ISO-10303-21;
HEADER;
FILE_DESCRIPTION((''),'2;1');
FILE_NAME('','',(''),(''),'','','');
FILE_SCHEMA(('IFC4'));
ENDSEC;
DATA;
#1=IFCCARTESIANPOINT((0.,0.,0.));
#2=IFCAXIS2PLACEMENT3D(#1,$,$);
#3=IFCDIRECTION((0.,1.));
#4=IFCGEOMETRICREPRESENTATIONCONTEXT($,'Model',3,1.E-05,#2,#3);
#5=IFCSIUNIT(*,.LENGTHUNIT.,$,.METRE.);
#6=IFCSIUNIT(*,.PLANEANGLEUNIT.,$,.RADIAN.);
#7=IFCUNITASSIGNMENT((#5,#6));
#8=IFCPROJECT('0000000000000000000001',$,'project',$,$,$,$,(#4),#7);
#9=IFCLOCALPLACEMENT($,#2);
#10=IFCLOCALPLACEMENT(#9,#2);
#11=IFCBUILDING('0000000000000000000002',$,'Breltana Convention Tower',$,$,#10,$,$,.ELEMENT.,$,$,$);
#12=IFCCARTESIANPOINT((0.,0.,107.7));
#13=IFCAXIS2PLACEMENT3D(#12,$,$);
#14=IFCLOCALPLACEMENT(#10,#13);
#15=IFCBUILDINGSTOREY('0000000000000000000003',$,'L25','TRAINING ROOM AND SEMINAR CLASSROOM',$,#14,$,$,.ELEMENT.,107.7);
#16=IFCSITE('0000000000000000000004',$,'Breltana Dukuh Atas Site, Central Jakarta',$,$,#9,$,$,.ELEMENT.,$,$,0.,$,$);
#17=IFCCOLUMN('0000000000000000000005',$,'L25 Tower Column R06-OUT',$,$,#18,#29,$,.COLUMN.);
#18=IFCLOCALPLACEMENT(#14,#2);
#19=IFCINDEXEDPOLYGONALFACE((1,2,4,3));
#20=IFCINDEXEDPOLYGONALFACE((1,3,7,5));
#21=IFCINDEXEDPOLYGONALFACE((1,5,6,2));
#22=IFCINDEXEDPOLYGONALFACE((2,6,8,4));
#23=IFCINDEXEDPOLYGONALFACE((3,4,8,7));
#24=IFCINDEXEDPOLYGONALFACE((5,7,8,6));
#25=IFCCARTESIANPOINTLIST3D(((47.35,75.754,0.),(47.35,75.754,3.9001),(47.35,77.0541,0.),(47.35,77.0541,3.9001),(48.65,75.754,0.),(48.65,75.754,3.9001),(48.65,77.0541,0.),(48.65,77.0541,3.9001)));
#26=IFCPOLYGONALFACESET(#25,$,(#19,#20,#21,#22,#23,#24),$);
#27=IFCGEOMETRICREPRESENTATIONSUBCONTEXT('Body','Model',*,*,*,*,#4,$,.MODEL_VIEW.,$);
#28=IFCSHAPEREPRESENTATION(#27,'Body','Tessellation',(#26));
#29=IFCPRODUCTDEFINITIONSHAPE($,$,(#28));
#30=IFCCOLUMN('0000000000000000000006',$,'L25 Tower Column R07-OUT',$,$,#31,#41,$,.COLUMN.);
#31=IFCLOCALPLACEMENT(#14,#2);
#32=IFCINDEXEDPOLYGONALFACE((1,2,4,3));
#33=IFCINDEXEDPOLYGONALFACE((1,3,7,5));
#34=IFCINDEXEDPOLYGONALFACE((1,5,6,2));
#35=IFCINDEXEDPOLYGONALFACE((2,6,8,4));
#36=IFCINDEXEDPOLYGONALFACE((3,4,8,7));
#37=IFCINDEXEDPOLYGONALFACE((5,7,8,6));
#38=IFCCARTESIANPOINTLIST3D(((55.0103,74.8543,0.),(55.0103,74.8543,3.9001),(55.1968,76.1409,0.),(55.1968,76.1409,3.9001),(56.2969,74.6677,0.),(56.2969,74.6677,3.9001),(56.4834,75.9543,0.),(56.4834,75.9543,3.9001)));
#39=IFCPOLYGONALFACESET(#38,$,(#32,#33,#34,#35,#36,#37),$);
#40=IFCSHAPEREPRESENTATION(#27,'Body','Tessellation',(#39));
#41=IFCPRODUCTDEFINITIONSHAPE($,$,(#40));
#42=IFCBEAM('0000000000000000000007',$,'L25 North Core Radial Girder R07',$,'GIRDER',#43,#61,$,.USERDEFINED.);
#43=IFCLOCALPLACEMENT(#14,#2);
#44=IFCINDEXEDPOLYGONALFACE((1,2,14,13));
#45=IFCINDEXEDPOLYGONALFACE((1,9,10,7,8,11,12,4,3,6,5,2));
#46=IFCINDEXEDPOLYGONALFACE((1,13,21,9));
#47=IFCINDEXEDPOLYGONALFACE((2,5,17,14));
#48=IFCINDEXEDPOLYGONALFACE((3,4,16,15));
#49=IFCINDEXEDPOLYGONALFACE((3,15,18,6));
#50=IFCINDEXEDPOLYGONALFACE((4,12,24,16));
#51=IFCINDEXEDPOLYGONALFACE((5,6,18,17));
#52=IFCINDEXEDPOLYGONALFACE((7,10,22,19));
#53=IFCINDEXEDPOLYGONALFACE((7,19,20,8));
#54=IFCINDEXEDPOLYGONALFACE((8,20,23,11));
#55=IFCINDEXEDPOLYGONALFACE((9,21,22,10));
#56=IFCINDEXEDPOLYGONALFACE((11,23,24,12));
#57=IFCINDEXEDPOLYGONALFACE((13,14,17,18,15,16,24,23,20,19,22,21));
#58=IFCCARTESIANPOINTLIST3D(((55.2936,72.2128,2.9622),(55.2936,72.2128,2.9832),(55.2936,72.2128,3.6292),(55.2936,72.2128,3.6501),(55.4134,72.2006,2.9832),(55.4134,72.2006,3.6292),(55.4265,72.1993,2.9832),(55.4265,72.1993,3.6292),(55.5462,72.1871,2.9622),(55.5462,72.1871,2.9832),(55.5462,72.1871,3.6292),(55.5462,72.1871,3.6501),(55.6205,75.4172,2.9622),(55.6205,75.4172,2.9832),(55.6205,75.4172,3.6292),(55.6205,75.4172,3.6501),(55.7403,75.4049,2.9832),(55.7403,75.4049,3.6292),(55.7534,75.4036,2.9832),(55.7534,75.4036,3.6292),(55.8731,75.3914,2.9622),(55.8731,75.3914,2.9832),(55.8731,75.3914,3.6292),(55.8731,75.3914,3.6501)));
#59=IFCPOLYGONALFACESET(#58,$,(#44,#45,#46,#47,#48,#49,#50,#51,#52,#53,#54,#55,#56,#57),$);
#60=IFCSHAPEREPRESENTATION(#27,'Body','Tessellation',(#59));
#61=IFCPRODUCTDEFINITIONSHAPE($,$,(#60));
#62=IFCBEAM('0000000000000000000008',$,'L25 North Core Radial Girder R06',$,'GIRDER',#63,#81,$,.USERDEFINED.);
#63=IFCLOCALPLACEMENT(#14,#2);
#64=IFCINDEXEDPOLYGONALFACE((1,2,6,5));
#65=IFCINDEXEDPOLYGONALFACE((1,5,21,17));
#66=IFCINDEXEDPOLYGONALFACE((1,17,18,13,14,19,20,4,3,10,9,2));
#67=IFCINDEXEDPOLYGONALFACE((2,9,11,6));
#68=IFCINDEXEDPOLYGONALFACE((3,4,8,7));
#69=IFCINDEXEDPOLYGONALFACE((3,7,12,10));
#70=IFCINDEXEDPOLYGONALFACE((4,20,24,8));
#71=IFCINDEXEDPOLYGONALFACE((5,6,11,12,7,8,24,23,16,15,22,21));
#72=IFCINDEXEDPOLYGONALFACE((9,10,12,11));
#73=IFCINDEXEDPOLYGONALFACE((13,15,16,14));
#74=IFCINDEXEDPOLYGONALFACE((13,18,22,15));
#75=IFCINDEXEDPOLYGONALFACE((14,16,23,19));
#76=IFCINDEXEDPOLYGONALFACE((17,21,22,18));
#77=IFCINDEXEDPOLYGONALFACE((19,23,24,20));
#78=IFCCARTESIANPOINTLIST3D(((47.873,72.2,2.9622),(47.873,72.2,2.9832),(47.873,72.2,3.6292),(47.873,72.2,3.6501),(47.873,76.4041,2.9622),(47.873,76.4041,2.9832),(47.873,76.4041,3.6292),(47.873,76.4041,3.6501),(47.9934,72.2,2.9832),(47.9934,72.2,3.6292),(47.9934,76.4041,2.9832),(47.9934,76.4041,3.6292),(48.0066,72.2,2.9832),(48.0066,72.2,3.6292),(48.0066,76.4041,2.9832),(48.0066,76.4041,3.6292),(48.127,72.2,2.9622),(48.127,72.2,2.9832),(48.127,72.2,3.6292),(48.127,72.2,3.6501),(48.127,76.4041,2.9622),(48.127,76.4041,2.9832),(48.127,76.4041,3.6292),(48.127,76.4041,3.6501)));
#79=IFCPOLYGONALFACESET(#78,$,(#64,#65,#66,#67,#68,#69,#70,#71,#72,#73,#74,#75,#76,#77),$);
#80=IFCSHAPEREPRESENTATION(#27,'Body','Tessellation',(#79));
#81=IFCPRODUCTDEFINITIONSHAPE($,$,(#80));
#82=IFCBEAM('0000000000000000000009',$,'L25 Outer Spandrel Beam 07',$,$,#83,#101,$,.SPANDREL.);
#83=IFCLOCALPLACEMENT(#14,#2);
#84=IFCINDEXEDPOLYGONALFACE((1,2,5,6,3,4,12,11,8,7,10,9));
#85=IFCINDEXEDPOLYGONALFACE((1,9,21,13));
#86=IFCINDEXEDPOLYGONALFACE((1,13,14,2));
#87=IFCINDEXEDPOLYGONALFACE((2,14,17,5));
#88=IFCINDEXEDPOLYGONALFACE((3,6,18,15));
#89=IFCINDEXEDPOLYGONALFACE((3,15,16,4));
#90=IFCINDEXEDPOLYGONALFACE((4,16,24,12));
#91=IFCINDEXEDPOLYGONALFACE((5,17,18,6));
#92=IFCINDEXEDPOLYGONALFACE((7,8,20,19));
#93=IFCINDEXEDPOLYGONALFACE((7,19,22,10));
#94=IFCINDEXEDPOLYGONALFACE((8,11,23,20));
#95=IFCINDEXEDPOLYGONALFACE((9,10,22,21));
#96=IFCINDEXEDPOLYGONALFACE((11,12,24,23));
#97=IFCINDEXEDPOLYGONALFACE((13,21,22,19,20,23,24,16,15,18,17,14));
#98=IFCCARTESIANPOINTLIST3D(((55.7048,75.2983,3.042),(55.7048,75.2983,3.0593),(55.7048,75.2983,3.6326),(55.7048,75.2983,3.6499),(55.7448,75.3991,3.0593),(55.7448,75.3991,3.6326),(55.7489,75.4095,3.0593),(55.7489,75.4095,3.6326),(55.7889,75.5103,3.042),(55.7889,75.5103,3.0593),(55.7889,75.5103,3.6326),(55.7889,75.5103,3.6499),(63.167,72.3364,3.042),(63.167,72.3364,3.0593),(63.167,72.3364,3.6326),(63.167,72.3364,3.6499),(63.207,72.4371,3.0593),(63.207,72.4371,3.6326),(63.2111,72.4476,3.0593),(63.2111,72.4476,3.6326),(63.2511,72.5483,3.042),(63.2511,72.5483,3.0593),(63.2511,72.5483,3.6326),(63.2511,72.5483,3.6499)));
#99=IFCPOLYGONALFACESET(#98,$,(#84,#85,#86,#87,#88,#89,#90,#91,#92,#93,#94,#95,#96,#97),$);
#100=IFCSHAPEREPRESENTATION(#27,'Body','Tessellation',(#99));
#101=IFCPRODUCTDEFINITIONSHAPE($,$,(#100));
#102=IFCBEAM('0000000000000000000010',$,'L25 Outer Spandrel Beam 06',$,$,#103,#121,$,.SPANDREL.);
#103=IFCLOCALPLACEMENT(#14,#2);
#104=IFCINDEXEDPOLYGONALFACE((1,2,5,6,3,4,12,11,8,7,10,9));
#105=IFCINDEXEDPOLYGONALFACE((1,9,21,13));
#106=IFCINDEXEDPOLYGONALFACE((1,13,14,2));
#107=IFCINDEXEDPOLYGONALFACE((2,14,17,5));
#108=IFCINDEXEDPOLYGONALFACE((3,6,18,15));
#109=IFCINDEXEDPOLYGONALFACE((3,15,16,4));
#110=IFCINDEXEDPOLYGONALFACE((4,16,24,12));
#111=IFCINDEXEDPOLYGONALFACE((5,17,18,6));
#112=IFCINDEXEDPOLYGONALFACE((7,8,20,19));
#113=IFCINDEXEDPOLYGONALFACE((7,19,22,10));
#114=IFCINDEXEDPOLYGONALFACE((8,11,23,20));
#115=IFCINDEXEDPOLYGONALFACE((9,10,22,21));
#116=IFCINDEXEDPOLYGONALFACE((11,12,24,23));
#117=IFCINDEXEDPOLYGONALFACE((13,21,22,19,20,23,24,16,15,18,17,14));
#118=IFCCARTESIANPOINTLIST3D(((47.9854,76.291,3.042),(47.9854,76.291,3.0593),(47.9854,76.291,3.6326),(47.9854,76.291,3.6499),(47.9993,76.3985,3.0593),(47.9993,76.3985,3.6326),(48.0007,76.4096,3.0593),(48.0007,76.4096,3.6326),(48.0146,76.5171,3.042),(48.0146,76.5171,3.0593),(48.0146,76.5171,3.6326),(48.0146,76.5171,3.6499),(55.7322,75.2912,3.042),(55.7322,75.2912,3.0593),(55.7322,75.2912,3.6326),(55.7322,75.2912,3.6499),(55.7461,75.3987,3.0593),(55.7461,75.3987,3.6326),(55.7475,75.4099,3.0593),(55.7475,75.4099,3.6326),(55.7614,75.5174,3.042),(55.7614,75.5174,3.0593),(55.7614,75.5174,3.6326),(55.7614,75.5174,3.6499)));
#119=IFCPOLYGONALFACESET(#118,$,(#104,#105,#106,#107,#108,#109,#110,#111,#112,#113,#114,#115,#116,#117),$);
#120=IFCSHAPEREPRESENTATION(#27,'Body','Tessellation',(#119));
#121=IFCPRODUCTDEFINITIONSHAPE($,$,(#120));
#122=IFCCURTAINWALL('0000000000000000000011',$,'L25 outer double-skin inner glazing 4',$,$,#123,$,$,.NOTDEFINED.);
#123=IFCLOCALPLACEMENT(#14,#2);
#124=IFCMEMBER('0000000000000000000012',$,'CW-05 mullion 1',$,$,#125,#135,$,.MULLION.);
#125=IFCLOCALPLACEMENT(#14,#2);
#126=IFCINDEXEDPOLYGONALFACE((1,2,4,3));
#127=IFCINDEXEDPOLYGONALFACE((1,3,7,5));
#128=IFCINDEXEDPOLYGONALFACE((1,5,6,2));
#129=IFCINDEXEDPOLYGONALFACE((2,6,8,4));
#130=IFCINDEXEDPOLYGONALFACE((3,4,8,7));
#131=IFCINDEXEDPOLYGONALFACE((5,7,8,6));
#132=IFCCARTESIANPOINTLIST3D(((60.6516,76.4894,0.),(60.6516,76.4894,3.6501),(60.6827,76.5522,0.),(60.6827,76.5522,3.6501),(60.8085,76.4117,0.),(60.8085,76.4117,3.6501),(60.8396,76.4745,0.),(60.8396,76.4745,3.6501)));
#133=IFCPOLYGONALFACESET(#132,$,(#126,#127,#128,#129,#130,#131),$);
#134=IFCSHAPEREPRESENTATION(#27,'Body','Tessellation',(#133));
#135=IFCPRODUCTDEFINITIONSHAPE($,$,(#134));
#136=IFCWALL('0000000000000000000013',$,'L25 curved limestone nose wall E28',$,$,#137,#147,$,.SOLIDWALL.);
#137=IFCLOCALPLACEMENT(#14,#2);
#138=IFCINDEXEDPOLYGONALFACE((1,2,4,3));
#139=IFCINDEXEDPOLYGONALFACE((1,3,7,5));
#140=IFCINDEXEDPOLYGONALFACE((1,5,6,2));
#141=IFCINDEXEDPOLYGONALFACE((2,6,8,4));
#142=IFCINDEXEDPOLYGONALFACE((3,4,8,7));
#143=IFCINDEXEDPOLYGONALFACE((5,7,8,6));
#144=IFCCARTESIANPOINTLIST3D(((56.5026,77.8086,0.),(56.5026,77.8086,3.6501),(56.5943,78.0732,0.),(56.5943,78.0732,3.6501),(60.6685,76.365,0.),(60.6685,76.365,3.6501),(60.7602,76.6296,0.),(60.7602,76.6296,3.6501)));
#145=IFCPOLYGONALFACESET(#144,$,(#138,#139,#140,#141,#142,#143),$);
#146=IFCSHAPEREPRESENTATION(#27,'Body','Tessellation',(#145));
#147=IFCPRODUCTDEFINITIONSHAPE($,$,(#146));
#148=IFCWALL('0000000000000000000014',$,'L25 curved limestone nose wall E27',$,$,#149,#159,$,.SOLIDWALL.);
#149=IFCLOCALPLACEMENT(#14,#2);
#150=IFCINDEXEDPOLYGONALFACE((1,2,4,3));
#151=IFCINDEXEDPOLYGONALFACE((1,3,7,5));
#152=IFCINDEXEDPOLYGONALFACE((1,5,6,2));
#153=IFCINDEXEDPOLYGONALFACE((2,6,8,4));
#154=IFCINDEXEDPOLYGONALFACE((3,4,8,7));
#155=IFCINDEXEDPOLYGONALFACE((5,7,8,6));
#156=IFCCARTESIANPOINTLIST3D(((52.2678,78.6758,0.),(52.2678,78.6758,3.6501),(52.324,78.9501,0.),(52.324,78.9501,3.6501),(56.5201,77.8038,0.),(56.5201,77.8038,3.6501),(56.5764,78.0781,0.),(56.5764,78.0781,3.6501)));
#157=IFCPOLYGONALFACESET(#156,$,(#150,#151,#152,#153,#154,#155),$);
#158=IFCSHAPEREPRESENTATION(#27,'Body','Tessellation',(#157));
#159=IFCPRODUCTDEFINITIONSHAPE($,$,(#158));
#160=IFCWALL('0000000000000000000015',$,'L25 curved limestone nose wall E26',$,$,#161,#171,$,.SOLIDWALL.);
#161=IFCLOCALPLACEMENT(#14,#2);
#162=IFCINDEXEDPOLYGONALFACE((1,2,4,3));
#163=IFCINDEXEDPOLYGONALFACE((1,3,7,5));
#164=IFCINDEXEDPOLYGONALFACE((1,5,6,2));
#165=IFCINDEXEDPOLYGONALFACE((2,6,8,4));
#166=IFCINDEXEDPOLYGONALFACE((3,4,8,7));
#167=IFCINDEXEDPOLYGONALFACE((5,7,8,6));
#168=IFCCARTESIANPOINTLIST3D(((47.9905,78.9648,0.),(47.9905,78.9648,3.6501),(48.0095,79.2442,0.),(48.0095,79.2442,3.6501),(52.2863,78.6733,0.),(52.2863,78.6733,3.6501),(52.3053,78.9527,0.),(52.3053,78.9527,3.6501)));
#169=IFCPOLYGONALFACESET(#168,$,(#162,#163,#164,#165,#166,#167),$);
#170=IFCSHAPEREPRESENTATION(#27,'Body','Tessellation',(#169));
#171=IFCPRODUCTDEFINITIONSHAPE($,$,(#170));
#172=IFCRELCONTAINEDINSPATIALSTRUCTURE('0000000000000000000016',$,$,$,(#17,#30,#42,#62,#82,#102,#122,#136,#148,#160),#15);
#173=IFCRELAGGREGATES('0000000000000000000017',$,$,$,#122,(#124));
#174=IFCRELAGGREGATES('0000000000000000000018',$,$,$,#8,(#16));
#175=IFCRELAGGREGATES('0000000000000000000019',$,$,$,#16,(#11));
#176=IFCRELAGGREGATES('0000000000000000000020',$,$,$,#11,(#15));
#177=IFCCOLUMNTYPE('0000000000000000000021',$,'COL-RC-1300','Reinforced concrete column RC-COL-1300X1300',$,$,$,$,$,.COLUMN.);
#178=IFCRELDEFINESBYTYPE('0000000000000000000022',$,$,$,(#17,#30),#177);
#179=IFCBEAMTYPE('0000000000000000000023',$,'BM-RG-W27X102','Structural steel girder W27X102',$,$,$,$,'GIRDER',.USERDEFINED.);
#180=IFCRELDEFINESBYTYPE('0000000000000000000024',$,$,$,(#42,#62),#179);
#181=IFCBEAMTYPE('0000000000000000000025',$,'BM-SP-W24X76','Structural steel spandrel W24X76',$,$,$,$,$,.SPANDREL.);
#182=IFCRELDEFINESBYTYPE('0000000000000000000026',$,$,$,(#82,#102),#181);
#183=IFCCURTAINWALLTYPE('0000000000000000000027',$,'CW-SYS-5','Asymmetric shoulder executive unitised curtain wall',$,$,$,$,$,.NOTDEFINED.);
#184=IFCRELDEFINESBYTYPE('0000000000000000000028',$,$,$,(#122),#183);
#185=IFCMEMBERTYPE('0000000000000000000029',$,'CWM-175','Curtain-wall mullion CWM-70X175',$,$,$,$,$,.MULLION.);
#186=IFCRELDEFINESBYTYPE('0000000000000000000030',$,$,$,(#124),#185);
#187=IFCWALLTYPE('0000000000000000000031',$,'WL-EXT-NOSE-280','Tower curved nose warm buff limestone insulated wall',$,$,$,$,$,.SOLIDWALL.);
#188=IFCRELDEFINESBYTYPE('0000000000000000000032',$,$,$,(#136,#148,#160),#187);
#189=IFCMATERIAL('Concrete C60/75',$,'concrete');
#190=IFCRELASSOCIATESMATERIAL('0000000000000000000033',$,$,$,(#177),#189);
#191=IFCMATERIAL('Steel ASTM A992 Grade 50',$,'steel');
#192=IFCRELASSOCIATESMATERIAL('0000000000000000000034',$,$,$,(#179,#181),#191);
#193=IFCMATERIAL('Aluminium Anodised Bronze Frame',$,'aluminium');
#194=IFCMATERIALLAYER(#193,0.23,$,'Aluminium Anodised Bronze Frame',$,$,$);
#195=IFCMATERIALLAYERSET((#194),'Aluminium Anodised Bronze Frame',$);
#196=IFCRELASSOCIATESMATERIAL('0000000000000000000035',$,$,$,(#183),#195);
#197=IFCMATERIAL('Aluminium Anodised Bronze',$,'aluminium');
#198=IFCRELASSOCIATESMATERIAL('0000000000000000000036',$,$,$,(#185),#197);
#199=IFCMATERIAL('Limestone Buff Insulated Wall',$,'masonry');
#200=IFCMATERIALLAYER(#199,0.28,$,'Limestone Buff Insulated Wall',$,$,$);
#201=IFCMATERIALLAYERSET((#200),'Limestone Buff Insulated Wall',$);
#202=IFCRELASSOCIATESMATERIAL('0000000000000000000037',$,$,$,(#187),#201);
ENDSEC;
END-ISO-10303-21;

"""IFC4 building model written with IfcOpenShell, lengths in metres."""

from ifc_helpers import new_model, si_unit, direction, frame, frame_2d, origin, origin_2d, place, context, subcontext, project, spatial, rectangle, i_section, extrude, source, transform, mapped, material, layer, layer_set, material_profile, profile_set, type_object, element, aggregate, save


model = new_model("IFC4")

# Units and contexts
model_context = context("Model", 3, precision=1e-05, world=origin(), true_north=direction((0.0, 1.0)))
body_context = subcontext(model_context, "Body", "Model", "MODEL_VIEW")
ifc_project = project(units=[si_unit("LENGTHUNIT", "METRE"), si_unit("PLANEANGLEUNIT", "RADIAN")], contexts=[model_context])

# Site, building, storey
site_placement = place(None, origin())
site = spatial("IfcSite", under=ifc_project, at=site_placement, Name="Breltana Dukuh Atas Site, Central Jakarta", CompositionType="ELEMENT", RefElevation=0.0)
building_placement = place(site_placement, origin())
building = spatial("IfcBuilding", under=site, at=building_placement, Name="Breltana Convention Tower", CompositionType="ELEMENT")
storey_placement = place(building_placement, frame((0.0, 0.0, 107.7)))
storey = spatial("IfcBuildingStorey", under=building, at=storey_placement, Name="L25", Description="TRAINING ROOM AND SEMINAR CLASSROOM", CompositionType="ELEMENT", Elevation=107.7)

# Columns
ifc_material_1 = material(Name="Concrete C60/75", Category="concrete")
ifc_material_profile_1 = material_profile(ifc_material_1, rectangle(XDim=1.3, YDim=1.3, at=origin_2d()), Name="RC-COL-1300X1300")
ifc_profile_set_1 = profile_set([ifc_material_profile_1], Name="Concrete C60/75")
column_type = type_object("IfcColumnType", Name="COL-RC-1300", Description="Reinforced concrete column RC-COL-1300X1300", PredefinedType="COLUMN", material=ifc_profile_set_1)
shared_shape_1 = source(origin(), body_context, "Body", "SweptSolid", [
    extrude(rectangle(XDim=1.3, YDim=1.3, at=origin_2d()), origin(), (0.0, 0.0, 1.0), 3.9001),
])
for number, where, z_axis, x_axis, name in (
    (1, (48.0, 76.4041, 0.0), (0.0, 0.0, 1.0), (0.0, 1.0, 0.0), "L25 Tower Column R06-OUT"),
    (2, (55.7468, 75.4043, 0.0), (0.0, 0.0, 1.0), (0.143493, 0.989651, 0.0), "L25 Tower Column R07-OUT"),
):
    element("IfcColumn", number, at=place(storey_placement, frame(where, z_axis=z_axis, x_axis=x_axis)), inside=storey, type_object=column_type, Name=name, PredefinedType="COLUMN", context=body_context, shape_type="MappedRepresentation", body=[
        mapped(shared_shape_1, transform((0.0, 0.0, 0.0), scale=1.0)),
    ])

# Beams
ifc_material_2 = material(Name="Steel ASTM A992 Grade 50", Category="steel")
ifc_material_profile_2 = material_profile(ifc_material_2, i_section(OverallWidth=0.2539, OverallDepth=0.688, WebThickness=0.0132, FlangeThickness=0.021, at=origin_2d()), Name="W27X102")
ifc_profile_set_2 = profile_set([ifc_material_profile_2], Name="Steel ASTM A992 Grade 50")
beam_type_1 = type_object("IfcBeamType", Name="BM-RG-W27X102", Description="Structural steel girder W27X102", ElementType="GIRDER", PredefinedType="USERDEFINED", material=ifc_profile_set_2)
shared_shape_2 = source(origin(), body_context, "Body", "SweptSolid", [
    extrude(i_section(OverallWidth=0.2539, OverallDepth=0.688, WebThickness=0.0132, FlangeThickness=0.021, at=origin_2d()), origin(), (0.0, 0.0, 1.0), 3.2209),
])
beam_1_placement = place(storey_placement, frame((55.4199, 72.2, 3.3062), z_axis=(0.101492, 0.994836, 0.0), x_axis=(-0.994836, 0.101492, 0.0)))
element("IfcBeam", 3, at=beam_1_placement, inside=storey, type_object=beam_type_1, Name="L25 North Core Radial Girder R07", ObjectType="GIRDER", PredefinedType="USERDEFINED", context=body_context, shape_type="MappedRepresentation", body=[
    mapped(shared_shape_2, transform((0.0, 0.0, 0.0), scale=1.0)),
])
shared_shape_3 = source(origin(), body_context, "Body", "SweptSolid", [
    extrude(i_section(OverallWidth=0.2539, OverallDepth=0.688, WebThickness=0.0132, FlangeThickness=0.021, at=origin_2d()), origin(), (0.0, 0.0, 1.0), 4.2041),
])
beam_2_placement = place(storey_placement, frame((48.0, 72.2, 3.3062), z_axis=(0.0, 1.0, 0.0), x_axis=(-1.0, 0.0, 0.0)))
element("IfcBeam", 4, at=beam_2_placement, inside=storey, type_object=beam_type_1, Name="L25 North Core Radial Girder R06", ObjectType="GIRDER", PredefinedType="USERDEFINED", context=body_context, shape_type="MappedRepresentation", body=[
    mapped(shared_shape_3, transform((0.0, 0.0, 0.0), scale=1.0)),
])
ifc_material_profile_3 = material_profile(ifc_material_2, i_section(OverallWidth=0.228, OverallDepth=0.6079, WebThickness=0.0112, FlangeThickness=0.0173, at=origin_2d()), Name="W24X76")
ifc_profile_set_3 = profile_set([ifc_material_profile_3], Name="Steel ASTM A992 Grade 50")
beam_type_2 = type_object("IfcBeamType", Name="BM-SP-W24X76", Description="Structural steel spandrel W24X76", PredefinedType="SPANDREL", material=ifc_profile_set_3)
shared_shape_4 = source(origin(), body_context, "Body", "SweptSolid", [
    extrude(i_section(OverallWidth=0.228, OverallDepth=0.6079, WebThickness=0.0112, FlangeThickness=0.0173, at=origin_2d()), origin(), (0.0, 0.0, 1.0), 8.0286),
])
beam_3_placement = place(storey_placement, frame((55.7468, 75.4043, 3.3459), z_axis=(0.929459, -0.368925, 0.0), x_axis=(0.368925, 0.929459, 0.0)))
element("IfcBeam", 5, at=beam_3_placement, inside=storey, type_object=beam_type_2, Name="L25 Outer Spandrel Beam 07", PredefinedType="SPANDREL", context=body_context, shape_type="MappedRepresentation", body=[
    mapped(shared_shape_4, transform((0.0, 0.0, 0.0), scale=1.0)),
])
shared_shape_5 = source(origin(), body_context, "Body", "SweptSolid", [
    extrude(i_section(OverallWidth=0.228, OverallDepth=0.6079, WebThickness=0.0112, FlangeThickness=0.0173, at=origin_2d()), origin(), (0.0, 0.0, 1.0), 7.811),
])
beam_4_placement = place(storey_placement, frame((48.0, 76.4041, 3.3459), z_axis=(0.991775, -0.127992, 0.0), x_axis=(0.127992, 0.991775, 0.0)))
element("IfcBeam", 6, at=beam_4_placement, inside=storey, type_object=beam_type_2, Name="L25 Outer Spandrel Beam 06", PredefinedType="SPANDREL", context=body_context, shape_type="MappedRepresentation", body=[
    mapped(shared_shape_5, transform((0.0, 0.0, 0.0), scale=1.0)),
])

# Curtain wall, member
ifc_material_3 = material(Name="Aluminium Anodised Bronze Frame", Category="aluminium")
ifc_layer_1 = layer(ifc_material_3, 0.23, Name="Aluminium Anodised Bronze Frame")
ifc_layer_set_1 = layer_set([ifc_layer_1], Name="Aluminium Anodised Bronze Frame")
curtain_wall_type = type_object("IfcCurtainWallType", Name="CW-SYS-5", Description="Asymmetric shoulder executive unitised curtain wall", PredefinedType="NOTDEFINED", material=ifc_layer_set_1)
curtain_wall_placement = place(storey_placement, origin())
curtain_wall = element("IfcCurtainWall", 7, at=curtain_wall_placement, inside=storey, type_object=curtain_wall_type, Name="L25 outer double-skin inner glazing 4", PredefinedType="NOTDEFINED")
ifc_material_4 = material(Name="Aluminium Anodised Bronze", Category="aluminium")
ifc_material_profile_4 = material_profile(ifc_material_4, rectangle(XDim=0.0701, YDim=0.175, at=origin_2d()), Name="CWM-70X175")
ifc_profile_set_4 = profile_set([ifc_material_profile_4], Name="Aluminium Anodised Bronze")
member_type = type_object("IfcMemberType", Name="CWM-175", Description="Curtain-wall mullion CWM-70X175", PredefinedType="MULLION", material=ifc_profile_set_4)
shared_shape_6 = source(origin(), body_context, "Body", "SweptSolid", [
    extrude(rectangle(XDim=0.0701, YDim=0.175, at=origin_2d()), origin(), (0.0, 0.0, 1.0), 3.6501),
])
member_placement = place(storey_placement, frame((60.7456, 76.4819, 0.0), z_axis=(0.0, 0.0, 1.0), x_axis=(0.444122, 0.895967, 0.0)))
member = element("IfcMember", 8, at=member_placement, type_object=member_type, Name="CW-05 mullion 1", PredefinedType="MULLION", context=body_context, shape_type="MappedRepresentation", body=[
    mapped(shared_shape_6, transform((0.0, 0.0, 0.0), scale=1.0)),
])
aggregate(curtain_wall, [member])

# Walls
ifc_material_5 = material(Name="Limestone Buff Insulated Wall", Category="masonry")
ifc_layer_2 = layer(ifc_material_5, 0.28, Name="Limestone Buff Insulated Wall")
ifc_layer_set_2 = layer_set([ifc_layer_2], Name="Limestone Buff Insulated Wall")
wall_type_1 = type_object("IfcWallType", Name="WL-EXT-NOSE-280", Description="Tower curved nose warm buff limestone insulated wall", PredefinedType="SOLIDWALL", material=ifc_layer_set_2)
shared_shape_7 = source(origin(), body_context, "Body", "SweptSolid", [
    extrude(rectangle(XDim=4.4089, YDim=0.28, at=frame_2d((2.2046, 0.0))), origin(), (0.0, 0.0, 1.0), 3.6501),
])
wall_1_placement = place(storey_placement, frame((56.5483, 77.9409, 0.0), z_axis=(0.0, 0.0, 1.0), x_axis=(0.944879, -0.327419, 0.0)))
element("IfcWall", 9, at=wall_1_placement, inside=storey, type_object=wall_type_1, Name="L25 curved limestone nose wall E28", PredefinedType="SOLIDWALL", context=body_context, shape_type="MappedRepresentation", body=[
    mapped(shared_shape_7, transform((0.0, 0.0, 0.0), scale=1.0)),
])
shared_shape_8 = source(origin(), body_context, "Body", "SweptSolid", [
    extrude(rectangle(XDim=4.3408, YDim=0.28, at=frame_2d((2.1704, 0.0))), origin(), (0.0, 0.0, 1.0), 3.6501),
])
wall_2_placement = place(storey_placement, frame((52.2959, 78.813, 0.0), z_axis=(0.0, 0.0, 1.0), x_axis=(0.979613, -0.200894, 0.0)))
element("IfcWall", 10, at=wall_2_placement, inside=storey, type_object=wall_type_1, Name="L25 curved limestone nose wall E27", PredefinedType="SOLIDWALL", context=body_context, shape_type="MappedRepresentation", body=[
    mapped(shared_shape_8, transform((0.0, 0.0, 0.0), scale=1.0)),
])
shared_shape_9 = source(origin(), body_context, "Body", "SweptSolid", [
    extrude(rectangle(XDim=4.3057, YDim=0.28, at=frame_2d((2.1528, 0.0))), origin(), (0.0, 0.0, 1.0), 3.6501),
])
wall_3_placement = place(storey_placement, frame((48.0, 79.1045, 0.0), z_axis=(0.0, 0.0, 1.0), x_axis=(0.997706, -0.067701, 0.0)))
element("IfcWall", 11, at=wall_3_placement, inside=storey, type_object=wall_type_1, Name="L25 curved limestone nose wall E26", PredefinedType="SOLIDWALL", context=body_context, shape_type="MappedRepresentation", body=[
    mapped(shared_shape_9, transform((0.0, 0.0, 0.0), scale=1.0)),
])

save(model, "model.ifc")
